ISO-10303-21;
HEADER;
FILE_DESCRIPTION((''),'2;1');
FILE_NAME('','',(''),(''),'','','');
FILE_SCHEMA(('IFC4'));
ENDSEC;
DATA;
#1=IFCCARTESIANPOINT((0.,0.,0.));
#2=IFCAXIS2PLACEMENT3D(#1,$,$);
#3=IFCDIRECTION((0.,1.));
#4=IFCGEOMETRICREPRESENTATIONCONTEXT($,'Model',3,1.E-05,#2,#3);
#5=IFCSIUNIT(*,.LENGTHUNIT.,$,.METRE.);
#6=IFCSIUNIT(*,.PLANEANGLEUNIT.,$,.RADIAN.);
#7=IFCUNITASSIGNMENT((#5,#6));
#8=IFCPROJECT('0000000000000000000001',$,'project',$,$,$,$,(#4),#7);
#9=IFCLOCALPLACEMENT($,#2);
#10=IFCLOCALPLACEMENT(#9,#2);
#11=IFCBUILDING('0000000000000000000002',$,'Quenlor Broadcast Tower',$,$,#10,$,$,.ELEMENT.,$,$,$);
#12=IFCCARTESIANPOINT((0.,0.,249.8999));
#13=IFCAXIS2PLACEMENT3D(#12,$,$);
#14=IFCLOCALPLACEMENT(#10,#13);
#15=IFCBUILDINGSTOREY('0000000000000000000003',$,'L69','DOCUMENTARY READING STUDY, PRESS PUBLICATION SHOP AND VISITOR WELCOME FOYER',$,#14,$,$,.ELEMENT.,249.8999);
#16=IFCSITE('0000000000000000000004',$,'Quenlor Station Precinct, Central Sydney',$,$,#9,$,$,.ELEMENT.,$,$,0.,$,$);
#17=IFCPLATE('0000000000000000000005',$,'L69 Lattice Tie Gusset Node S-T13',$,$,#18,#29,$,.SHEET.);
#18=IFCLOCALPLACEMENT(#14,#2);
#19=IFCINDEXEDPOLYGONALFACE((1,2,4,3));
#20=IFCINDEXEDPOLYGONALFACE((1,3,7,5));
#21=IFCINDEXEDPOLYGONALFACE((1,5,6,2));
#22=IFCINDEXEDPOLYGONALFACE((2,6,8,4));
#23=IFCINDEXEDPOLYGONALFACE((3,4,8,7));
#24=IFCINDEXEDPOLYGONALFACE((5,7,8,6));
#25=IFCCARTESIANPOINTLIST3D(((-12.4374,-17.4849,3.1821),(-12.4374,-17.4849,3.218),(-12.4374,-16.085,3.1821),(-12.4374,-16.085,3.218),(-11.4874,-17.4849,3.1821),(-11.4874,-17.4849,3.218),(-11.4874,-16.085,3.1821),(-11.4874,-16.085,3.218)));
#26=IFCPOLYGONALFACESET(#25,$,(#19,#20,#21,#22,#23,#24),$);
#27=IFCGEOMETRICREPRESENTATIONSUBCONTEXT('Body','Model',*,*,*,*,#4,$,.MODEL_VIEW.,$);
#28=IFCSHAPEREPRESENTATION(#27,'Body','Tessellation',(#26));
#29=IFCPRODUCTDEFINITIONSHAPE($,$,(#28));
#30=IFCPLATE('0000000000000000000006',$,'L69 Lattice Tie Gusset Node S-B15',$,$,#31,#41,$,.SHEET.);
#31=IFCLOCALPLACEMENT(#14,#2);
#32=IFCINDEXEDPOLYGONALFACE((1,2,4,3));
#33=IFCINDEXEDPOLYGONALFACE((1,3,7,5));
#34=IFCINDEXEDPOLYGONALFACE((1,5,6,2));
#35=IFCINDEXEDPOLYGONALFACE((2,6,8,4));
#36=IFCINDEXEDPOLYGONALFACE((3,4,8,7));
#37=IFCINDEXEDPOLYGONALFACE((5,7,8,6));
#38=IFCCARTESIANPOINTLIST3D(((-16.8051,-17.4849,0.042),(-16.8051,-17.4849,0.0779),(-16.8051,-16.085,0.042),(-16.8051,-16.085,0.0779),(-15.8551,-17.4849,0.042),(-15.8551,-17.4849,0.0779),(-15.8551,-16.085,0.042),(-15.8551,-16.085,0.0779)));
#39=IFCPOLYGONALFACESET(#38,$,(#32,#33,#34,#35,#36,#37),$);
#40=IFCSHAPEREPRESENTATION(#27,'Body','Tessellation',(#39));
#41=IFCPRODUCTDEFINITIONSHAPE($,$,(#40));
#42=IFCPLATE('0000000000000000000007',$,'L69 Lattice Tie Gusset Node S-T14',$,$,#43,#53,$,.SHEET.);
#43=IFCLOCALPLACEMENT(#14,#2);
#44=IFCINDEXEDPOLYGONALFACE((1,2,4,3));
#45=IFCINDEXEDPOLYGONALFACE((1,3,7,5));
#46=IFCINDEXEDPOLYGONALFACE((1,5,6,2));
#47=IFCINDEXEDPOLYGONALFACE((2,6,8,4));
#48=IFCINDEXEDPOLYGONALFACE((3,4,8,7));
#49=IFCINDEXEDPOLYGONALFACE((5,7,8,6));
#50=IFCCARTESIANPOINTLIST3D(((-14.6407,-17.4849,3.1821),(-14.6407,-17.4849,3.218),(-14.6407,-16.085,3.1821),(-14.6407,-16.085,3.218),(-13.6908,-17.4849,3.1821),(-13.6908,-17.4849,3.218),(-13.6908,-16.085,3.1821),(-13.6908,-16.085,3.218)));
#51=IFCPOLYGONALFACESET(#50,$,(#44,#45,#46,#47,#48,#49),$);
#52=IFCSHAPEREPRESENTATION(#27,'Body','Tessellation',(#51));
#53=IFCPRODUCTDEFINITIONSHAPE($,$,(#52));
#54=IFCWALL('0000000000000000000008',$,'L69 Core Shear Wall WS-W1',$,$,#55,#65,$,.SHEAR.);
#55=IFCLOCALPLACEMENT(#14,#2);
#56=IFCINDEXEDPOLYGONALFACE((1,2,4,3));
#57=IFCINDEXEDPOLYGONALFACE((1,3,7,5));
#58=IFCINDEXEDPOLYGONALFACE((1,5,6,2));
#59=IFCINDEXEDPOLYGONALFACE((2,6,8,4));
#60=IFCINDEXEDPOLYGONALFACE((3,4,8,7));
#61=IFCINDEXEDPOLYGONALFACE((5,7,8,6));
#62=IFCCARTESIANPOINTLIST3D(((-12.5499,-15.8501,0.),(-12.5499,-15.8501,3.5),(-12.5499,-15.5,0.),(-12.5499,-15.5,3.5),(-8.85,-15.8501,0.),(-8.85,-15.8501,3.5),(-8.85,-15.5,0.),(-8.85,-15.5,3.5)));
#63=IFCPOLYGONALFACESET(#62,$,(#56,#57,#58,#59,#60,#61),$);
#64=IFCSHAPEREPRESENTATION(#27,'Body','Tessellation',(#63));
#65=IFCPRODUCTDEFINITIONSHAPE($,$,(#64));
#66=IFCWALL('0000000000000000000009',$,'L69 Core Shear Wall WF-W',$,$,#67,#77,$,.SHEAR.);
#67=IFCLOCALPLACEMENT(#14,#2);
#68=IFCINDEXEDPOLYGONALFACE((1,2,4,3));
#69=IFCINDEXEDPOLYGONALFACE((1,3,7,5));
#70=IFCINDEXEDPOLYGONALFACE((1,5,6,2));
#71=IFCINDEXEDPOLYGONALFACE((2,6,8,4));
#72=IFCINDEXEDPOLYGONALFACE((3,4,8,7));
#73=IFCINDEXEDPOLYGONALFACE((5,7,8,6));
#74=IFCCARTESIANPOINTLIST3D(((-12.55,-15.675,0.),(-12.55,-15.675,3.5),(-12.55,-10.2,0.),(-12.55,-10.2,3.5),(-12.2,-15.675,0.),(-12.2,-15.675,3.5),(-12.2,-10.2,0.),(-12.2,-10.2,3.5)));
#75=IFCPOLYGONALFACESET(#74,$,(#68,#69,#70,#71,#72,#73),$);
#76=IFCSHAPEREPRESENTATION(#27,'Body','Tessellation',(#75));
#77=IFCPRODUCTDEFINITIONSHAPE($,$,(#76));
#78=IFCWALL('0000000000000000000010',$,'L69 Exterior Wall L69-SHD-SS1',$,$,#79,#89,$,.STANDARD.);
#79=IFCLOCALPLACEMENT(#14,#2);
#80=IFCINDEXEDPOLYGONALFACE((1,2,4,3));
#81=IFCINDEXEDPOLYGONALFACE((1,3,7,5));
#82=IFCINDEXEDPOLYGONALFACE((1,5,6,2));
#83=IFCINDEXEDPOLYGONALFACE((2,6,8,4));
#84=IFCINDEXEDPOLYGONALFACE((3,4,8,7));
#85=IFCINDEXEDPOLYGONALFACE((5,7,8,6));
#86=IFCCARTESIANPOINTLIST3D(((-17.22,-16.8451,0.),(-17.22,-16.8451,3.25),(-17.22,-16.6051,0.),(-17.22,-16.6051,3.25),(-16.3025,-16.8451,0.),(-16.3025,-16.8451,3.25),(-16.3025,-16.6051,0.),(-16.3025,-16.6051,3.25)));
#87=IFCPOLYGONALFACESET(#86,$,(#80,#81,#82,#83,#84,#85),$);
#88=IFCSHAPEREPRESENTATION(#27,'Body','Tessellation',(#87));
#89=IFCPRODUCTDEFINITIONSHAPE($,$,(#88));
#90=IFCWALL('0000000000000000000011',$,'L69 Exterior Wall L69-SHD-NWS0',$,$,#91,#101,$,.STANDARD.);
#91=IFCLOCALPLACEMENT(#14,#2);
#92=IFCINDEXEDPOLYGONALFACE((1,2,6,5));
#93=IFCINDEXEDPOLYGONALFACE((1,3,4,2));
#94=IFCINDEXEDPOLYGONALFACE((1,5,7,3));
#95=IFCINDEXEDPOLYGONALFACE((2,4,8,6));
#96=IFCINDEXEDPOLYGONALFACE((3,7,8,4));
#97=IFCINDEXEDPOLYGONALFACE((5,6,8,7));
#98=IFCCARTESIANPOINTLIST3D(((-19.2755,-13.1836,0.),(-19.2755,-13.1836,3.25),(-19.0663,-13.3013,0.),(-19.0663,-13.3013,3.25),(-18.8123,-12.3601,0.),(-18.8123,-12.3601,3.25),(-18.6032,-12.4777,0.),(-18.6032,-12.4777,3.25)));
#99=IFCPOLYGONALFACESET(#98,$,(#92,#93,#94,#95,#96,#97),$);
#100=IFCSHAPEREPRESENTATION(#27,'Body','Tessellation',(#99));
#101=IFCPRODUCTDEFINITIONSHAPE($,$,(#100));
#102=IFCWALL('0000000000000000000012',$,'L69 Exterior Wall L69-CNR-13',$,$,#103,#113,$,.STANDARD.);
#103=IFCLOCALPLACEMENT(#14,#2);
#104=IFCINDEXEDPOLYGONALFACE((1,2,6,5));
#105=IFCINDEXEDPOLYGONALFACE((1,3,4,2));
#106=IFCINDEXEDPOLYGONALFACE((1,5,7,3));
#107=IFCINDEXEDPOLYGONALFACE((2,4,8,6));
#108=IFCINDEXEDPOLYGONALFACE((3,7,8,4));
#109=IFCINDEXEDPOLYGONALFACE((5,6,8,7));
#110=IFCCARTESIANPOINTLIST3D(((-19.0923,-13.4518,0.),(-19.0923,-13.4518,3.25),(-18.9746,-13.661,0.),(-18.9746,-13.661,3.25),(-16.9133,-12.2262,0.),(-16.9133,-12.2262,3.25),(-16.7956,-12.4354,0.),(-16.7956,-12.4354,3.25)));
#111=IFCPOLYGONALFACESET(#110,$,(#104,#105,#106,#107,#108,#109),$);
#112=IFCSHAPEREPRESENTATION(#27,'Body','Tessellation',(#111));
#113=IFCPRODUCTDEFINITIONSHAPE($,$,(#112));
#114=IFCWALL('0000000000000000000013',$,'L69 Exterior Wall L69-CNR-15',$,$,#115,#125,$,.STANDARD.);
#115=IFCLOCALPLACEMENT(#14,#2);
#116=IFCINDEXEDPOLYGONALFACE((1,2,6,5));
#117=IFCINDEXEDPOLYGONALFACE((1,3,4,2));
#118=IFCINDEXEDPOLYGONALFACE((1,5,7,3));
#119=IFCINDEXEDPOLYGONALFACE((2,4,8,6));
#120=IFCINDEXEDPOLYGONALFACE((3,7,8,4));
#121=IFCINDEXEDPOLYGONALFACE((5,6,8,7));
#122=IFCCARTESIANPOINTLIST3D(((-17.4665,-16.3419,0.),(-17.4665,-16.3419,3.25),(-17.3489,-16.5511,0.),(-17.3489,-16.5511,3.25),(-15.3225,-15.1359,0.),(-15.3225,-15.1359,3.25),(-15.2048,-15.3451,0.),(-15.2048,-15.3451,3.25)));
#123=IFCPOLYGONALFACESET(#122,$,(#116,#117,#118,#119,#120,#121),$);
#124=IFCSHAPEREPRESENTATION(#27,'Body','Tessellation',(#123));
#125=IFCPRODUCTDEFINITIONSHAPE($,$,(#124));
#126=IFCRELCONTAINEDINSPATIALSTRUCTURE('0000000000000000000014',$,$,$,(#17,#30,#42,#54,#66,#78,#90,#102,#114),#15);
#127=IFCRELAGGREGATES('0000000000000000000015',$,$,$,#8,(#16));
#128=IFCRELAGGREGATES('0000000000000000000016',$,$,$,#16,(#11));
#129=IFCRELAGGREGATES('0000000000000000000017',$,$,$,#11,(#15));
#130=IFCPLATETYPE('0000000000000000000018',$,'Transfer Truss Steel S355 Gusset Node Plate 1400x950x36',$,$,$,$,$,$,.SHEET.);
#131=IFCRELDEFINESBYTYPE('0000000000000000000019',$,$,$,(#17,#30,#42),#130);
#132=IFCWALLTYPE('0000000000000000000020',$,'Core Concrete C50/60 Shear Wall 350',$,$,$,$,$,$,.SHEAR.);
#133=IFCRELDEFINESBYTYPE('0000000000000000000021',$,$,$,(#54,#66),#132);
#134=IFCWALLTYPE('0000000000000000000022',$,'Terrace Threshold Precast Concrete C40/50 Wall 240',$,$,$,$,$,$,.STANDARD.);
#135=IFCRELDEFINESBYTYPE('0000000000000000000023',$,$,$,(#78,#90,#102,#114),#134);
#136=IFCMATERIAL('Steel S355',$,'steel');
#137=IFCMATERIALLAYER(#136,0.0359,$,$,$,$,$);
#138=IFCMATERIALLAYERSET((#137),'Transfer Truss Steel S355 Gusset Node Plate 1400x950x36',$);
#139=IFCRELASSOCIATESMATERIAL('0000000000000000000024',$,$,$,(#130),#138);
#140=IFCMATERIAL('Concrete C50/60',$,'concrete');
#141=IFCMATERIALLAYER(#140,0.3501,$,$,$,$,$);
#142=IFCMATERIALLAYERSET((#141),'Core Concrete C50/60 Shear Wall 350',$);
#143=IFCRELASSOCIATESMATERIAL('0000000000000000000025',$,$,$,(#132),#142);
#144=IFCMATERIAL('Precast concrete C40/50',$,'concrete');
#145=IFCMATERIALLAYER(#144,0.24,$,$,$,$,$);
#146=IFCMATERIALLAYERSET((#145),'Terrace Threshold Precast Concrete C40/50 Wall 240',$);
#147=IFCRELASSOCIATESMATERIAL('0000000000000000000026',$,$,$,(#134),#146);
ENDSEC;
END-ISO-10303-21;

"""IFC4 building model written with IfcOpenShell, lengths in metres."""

from ifc_helpers import new_model, si_unit, direction, frame, frame_2d, origin, origin_2d, place, context, subcontext, project, spatial, rectangle, extrude, material, layer, layer_set, type_object, element, save


model = new_model("IFC4")

# Units and contexts
model_context = context("Model", 3, precision=1e-05, world=origin(), true_north=direction((0.0, 1.0)))
body_context = subcontext(model_context, "Body", "Model", "MODEL_VIEW")
ifc_project = project(units=[si_unit("LENGTHUNIT", "METRE"), si_unit("PLANEANGLEUNIT", "RADIAN")], contexts=[model_context])

# Site, building, storey
site_placement = place(None, origin())
site = spatial("IfcSite", under=ifc_project, at=site_placement, Name="Quenlor Station Precinct, Central Sydney", CompositionType="ELEMENT", RefElevation=0.0)
building_placement = place(site_placement, origin())
building = spatial("IfcBuilding", under=site, at=building_placement, Name="Quenlor Broadcast Tower", CompositionType="ELEMENT")
storey_placement = place(building_placement, frame((0.0, 0.0, 249.8999)))
storey = spatial("IfcBuildingStorey", under=building, at=storey_placement, Name="L69", Description="DOCUMENTARY READING STUDY, PRESS PUBLICATION SHOP AND VISITOR WELCOME FOYER", CompositionType="ELEMENT", Elevation=249.8999)

# Plates
ifc_material_1 = material(Name="Steel S355", Category="steel")
ifc_layer_1 = layer(ifc_material_1, 0.0359)
ifc_layer_set_1 = layer_set([ifc_layer_1], Name="Transfer Truss Steel S355 Gusset Node Plate 1400x950x36")
plate_type = type_object("IfcPlateType", Name="Transfer Truss Steel S355 Gusset Node Plate 1400x950x36", PredefinedType="SHEET", material=ifc_layer_set_1)
for number, where, z_axis, x_axis, name in (
    (1, (-11.9624, -16.7849, 3.1821), (0.0, 0.0, 1.0), (0.0, -1.0, 0.0), "L69 Lattice Tie Gusset Node S-T13"),
    (2, (-16.3301, -16.7849, 0.042), (0.0, 0.0, 1.0), (0.0, -1.0, 0.0), "L69 Lattice Tie Gusset Node S-B15"),
    (3, (-14.1658, -16.7849, 3.1821), (0.0, 0.0, 1.0), (0.0, -1.0, 0.0), "L69 Lattice Tie Gusset Node S-T14"),
):
    element("IfcPlate", number, at=place(storey_placement, frame(where, z_axis=z_axis, x_axis=x_axis)), inside=storey, type_object=plate_type, Name=name, PredefinedType="SHEET", context=body_context, shape_type="SweptSolid", body=[
        extrude(rectangle(XDim=1.3999, YDim=0.95, at=origin_2d()), origin(), (0.0, 0.0, 1.0), 0.0359),
    ])

# Walls
ifc_material_2 = material(Name="Concrete C50/60", Category="concrete")
ifc_layer_2 = layer(ifc_material_2, 0.3501)
ifc_layer_set_2 = layer_set([ifc_layer_2], Name="Core Concrete C50/60 Shear Wall 350")
wall_type_1 = type_object("IfcWallType", Name="Core Concrete C50/60 Shear Wall 350", PredefinedType="SHEAR", material=ifc_layer_set_2)
wall_1_placement = place(storey_placement, frame((-12.55, -15.675, 0.0), z_axis=(0.0, 0.0, 1.0), x_axis=(1.0, 0.0, 0.0)))
element("IfcWall", 4, at=wall_1_placement, inside=storey, type_object=wall_type_1, Name="L69 Core Shear Wall WS-W1", PredefinedType="SHEAR", context=body_context, shape_type="SweptSolid", body=[
    extrude(rectangle(XDim=3.7, YDim=0.3501, at=frame_2d((1.8501, 0.0))), origin(), (0.0, 0.0, 1.0), 3.5),
])
wall_2_placement = place(storey_placement, frame((-12.375, -15.675, 0.0), z_axis=(0.0, 0.0, 1.0), x_axis=(0.0, 1.0, 0.0)))
element("IfcWall", 5, at=wall_2_placement, inside=storey, type_object=wall_type_1, Name="L69 Core Shear Wall WF-W", PredefinedType="SHEAR", context=body_context, shape_type="SweptSolid", body=[
    extrude(rectangle(XDim=5.4751, YDim=0.3501, at=frame_2d((2.7375, 0.0))), origin(), (0.0, 0.0, 1.0), 3.5),
])
ifc_material_3 = material(Name="Precast concrete C40/50", Category="concrete")
ifc_layer_3 = layer(ifc_material_3, 0.24)
ifc_layer_set_3 = layer_set([ifc_layer_3], Name="Terrace Threshold Precast Concrete C40/50 Wall 240")
wall_type_2 = type_object("IfcWallType", Name="Terrace Threshold Precast Concrete C40/50 Wall 240", PredefinedType="STANDARD", material=ifc_layer_set_3)
wall_3_placement = place(storey_placement, frame((-16.3025, -16.7251, 0.0), z_axis=(0.0, 0.0, 1.0), x_axis=(-1.0, 0.0, 0.0)))
element("IfcWall", 6, at=wall_3_placement, inside=storey, type_object=wall_type_2, Name="L69 Exterior Wall L69-SHD-SS1", PredefinedType="STANDARD", context=body_context, shape_type="SweptSolid", body=[
    extrude(rectangle(XDim=0.9175, YDim=0.24, at=frame_2d((0.4587, 0.0))), origin(), (0.0, 0.0, 1.0), 3.25),
])
wall_4_placement = place(storey_placement, frame((-19.1709, -13.2424, 0.0), z_axis=(0.0, 0.0, 1.0), x_axis=(0.4902, 0.87161, 0.0)))
element("IfcWall", 7, at=wall_4_placement, inside=storey, type_object=wall_type_2, Name="L69 Exterior Wall L69-SHD-NWS0", PredefinedType="STANDARD", context=body_context, shape_type="SweptSolid", body=[
    extrude(rectangle(XDim=0.9448, YDim=0.24, at=frame_2d((0.4724, 0.0))), origin(), (0.0, 0.0, 1.0), 3.25),
])
wall_5_placement = place(storey_placement, frame((-19.0334, -13.5564, 0.0), z_axis=(0.0, 0.0, 1.0), x_axis=(0.871589, 0.490238, 0.0)))
element("IfcWall", 8, at=wall_5_placement, inside=storey, type_object=wall_type_2, Name="L69 Exterior Wall L69-CNR-13", PredefinedType="STANDARD", context=body_context, shape_type="SweptSolid", body=[
    extrude(rectangle(XDim=2.5, YDim=0.24, at=frame_2d((1.25, 0.0))), origin(), (0.0, 0.0, 1.0), 3.25),
])
wall_6_placement = place(storey_placement, frame((-15.2637, -15.2405, 0.0), z_axis=(0.0, 0.0, 1.0), x_axis=(-0.87157, -0.490271, 0.0)))
element("IfcWall", 9, at=wall_6_placement, inside=storey, type_object=wall_type_2, Name="L69 Exterior Wall L69-CNR-15", PredefinedType="STANDARD", context=body_context, shape_type="SweptSolid", body=[
    extrude(rectangle(XDim=2.46, YDim=0.24, at=frame_2d((1.23, 0.0))), origin(), (0.0, 0.0, 1.0), 3.25),
])

save(model, "model.ifc")
